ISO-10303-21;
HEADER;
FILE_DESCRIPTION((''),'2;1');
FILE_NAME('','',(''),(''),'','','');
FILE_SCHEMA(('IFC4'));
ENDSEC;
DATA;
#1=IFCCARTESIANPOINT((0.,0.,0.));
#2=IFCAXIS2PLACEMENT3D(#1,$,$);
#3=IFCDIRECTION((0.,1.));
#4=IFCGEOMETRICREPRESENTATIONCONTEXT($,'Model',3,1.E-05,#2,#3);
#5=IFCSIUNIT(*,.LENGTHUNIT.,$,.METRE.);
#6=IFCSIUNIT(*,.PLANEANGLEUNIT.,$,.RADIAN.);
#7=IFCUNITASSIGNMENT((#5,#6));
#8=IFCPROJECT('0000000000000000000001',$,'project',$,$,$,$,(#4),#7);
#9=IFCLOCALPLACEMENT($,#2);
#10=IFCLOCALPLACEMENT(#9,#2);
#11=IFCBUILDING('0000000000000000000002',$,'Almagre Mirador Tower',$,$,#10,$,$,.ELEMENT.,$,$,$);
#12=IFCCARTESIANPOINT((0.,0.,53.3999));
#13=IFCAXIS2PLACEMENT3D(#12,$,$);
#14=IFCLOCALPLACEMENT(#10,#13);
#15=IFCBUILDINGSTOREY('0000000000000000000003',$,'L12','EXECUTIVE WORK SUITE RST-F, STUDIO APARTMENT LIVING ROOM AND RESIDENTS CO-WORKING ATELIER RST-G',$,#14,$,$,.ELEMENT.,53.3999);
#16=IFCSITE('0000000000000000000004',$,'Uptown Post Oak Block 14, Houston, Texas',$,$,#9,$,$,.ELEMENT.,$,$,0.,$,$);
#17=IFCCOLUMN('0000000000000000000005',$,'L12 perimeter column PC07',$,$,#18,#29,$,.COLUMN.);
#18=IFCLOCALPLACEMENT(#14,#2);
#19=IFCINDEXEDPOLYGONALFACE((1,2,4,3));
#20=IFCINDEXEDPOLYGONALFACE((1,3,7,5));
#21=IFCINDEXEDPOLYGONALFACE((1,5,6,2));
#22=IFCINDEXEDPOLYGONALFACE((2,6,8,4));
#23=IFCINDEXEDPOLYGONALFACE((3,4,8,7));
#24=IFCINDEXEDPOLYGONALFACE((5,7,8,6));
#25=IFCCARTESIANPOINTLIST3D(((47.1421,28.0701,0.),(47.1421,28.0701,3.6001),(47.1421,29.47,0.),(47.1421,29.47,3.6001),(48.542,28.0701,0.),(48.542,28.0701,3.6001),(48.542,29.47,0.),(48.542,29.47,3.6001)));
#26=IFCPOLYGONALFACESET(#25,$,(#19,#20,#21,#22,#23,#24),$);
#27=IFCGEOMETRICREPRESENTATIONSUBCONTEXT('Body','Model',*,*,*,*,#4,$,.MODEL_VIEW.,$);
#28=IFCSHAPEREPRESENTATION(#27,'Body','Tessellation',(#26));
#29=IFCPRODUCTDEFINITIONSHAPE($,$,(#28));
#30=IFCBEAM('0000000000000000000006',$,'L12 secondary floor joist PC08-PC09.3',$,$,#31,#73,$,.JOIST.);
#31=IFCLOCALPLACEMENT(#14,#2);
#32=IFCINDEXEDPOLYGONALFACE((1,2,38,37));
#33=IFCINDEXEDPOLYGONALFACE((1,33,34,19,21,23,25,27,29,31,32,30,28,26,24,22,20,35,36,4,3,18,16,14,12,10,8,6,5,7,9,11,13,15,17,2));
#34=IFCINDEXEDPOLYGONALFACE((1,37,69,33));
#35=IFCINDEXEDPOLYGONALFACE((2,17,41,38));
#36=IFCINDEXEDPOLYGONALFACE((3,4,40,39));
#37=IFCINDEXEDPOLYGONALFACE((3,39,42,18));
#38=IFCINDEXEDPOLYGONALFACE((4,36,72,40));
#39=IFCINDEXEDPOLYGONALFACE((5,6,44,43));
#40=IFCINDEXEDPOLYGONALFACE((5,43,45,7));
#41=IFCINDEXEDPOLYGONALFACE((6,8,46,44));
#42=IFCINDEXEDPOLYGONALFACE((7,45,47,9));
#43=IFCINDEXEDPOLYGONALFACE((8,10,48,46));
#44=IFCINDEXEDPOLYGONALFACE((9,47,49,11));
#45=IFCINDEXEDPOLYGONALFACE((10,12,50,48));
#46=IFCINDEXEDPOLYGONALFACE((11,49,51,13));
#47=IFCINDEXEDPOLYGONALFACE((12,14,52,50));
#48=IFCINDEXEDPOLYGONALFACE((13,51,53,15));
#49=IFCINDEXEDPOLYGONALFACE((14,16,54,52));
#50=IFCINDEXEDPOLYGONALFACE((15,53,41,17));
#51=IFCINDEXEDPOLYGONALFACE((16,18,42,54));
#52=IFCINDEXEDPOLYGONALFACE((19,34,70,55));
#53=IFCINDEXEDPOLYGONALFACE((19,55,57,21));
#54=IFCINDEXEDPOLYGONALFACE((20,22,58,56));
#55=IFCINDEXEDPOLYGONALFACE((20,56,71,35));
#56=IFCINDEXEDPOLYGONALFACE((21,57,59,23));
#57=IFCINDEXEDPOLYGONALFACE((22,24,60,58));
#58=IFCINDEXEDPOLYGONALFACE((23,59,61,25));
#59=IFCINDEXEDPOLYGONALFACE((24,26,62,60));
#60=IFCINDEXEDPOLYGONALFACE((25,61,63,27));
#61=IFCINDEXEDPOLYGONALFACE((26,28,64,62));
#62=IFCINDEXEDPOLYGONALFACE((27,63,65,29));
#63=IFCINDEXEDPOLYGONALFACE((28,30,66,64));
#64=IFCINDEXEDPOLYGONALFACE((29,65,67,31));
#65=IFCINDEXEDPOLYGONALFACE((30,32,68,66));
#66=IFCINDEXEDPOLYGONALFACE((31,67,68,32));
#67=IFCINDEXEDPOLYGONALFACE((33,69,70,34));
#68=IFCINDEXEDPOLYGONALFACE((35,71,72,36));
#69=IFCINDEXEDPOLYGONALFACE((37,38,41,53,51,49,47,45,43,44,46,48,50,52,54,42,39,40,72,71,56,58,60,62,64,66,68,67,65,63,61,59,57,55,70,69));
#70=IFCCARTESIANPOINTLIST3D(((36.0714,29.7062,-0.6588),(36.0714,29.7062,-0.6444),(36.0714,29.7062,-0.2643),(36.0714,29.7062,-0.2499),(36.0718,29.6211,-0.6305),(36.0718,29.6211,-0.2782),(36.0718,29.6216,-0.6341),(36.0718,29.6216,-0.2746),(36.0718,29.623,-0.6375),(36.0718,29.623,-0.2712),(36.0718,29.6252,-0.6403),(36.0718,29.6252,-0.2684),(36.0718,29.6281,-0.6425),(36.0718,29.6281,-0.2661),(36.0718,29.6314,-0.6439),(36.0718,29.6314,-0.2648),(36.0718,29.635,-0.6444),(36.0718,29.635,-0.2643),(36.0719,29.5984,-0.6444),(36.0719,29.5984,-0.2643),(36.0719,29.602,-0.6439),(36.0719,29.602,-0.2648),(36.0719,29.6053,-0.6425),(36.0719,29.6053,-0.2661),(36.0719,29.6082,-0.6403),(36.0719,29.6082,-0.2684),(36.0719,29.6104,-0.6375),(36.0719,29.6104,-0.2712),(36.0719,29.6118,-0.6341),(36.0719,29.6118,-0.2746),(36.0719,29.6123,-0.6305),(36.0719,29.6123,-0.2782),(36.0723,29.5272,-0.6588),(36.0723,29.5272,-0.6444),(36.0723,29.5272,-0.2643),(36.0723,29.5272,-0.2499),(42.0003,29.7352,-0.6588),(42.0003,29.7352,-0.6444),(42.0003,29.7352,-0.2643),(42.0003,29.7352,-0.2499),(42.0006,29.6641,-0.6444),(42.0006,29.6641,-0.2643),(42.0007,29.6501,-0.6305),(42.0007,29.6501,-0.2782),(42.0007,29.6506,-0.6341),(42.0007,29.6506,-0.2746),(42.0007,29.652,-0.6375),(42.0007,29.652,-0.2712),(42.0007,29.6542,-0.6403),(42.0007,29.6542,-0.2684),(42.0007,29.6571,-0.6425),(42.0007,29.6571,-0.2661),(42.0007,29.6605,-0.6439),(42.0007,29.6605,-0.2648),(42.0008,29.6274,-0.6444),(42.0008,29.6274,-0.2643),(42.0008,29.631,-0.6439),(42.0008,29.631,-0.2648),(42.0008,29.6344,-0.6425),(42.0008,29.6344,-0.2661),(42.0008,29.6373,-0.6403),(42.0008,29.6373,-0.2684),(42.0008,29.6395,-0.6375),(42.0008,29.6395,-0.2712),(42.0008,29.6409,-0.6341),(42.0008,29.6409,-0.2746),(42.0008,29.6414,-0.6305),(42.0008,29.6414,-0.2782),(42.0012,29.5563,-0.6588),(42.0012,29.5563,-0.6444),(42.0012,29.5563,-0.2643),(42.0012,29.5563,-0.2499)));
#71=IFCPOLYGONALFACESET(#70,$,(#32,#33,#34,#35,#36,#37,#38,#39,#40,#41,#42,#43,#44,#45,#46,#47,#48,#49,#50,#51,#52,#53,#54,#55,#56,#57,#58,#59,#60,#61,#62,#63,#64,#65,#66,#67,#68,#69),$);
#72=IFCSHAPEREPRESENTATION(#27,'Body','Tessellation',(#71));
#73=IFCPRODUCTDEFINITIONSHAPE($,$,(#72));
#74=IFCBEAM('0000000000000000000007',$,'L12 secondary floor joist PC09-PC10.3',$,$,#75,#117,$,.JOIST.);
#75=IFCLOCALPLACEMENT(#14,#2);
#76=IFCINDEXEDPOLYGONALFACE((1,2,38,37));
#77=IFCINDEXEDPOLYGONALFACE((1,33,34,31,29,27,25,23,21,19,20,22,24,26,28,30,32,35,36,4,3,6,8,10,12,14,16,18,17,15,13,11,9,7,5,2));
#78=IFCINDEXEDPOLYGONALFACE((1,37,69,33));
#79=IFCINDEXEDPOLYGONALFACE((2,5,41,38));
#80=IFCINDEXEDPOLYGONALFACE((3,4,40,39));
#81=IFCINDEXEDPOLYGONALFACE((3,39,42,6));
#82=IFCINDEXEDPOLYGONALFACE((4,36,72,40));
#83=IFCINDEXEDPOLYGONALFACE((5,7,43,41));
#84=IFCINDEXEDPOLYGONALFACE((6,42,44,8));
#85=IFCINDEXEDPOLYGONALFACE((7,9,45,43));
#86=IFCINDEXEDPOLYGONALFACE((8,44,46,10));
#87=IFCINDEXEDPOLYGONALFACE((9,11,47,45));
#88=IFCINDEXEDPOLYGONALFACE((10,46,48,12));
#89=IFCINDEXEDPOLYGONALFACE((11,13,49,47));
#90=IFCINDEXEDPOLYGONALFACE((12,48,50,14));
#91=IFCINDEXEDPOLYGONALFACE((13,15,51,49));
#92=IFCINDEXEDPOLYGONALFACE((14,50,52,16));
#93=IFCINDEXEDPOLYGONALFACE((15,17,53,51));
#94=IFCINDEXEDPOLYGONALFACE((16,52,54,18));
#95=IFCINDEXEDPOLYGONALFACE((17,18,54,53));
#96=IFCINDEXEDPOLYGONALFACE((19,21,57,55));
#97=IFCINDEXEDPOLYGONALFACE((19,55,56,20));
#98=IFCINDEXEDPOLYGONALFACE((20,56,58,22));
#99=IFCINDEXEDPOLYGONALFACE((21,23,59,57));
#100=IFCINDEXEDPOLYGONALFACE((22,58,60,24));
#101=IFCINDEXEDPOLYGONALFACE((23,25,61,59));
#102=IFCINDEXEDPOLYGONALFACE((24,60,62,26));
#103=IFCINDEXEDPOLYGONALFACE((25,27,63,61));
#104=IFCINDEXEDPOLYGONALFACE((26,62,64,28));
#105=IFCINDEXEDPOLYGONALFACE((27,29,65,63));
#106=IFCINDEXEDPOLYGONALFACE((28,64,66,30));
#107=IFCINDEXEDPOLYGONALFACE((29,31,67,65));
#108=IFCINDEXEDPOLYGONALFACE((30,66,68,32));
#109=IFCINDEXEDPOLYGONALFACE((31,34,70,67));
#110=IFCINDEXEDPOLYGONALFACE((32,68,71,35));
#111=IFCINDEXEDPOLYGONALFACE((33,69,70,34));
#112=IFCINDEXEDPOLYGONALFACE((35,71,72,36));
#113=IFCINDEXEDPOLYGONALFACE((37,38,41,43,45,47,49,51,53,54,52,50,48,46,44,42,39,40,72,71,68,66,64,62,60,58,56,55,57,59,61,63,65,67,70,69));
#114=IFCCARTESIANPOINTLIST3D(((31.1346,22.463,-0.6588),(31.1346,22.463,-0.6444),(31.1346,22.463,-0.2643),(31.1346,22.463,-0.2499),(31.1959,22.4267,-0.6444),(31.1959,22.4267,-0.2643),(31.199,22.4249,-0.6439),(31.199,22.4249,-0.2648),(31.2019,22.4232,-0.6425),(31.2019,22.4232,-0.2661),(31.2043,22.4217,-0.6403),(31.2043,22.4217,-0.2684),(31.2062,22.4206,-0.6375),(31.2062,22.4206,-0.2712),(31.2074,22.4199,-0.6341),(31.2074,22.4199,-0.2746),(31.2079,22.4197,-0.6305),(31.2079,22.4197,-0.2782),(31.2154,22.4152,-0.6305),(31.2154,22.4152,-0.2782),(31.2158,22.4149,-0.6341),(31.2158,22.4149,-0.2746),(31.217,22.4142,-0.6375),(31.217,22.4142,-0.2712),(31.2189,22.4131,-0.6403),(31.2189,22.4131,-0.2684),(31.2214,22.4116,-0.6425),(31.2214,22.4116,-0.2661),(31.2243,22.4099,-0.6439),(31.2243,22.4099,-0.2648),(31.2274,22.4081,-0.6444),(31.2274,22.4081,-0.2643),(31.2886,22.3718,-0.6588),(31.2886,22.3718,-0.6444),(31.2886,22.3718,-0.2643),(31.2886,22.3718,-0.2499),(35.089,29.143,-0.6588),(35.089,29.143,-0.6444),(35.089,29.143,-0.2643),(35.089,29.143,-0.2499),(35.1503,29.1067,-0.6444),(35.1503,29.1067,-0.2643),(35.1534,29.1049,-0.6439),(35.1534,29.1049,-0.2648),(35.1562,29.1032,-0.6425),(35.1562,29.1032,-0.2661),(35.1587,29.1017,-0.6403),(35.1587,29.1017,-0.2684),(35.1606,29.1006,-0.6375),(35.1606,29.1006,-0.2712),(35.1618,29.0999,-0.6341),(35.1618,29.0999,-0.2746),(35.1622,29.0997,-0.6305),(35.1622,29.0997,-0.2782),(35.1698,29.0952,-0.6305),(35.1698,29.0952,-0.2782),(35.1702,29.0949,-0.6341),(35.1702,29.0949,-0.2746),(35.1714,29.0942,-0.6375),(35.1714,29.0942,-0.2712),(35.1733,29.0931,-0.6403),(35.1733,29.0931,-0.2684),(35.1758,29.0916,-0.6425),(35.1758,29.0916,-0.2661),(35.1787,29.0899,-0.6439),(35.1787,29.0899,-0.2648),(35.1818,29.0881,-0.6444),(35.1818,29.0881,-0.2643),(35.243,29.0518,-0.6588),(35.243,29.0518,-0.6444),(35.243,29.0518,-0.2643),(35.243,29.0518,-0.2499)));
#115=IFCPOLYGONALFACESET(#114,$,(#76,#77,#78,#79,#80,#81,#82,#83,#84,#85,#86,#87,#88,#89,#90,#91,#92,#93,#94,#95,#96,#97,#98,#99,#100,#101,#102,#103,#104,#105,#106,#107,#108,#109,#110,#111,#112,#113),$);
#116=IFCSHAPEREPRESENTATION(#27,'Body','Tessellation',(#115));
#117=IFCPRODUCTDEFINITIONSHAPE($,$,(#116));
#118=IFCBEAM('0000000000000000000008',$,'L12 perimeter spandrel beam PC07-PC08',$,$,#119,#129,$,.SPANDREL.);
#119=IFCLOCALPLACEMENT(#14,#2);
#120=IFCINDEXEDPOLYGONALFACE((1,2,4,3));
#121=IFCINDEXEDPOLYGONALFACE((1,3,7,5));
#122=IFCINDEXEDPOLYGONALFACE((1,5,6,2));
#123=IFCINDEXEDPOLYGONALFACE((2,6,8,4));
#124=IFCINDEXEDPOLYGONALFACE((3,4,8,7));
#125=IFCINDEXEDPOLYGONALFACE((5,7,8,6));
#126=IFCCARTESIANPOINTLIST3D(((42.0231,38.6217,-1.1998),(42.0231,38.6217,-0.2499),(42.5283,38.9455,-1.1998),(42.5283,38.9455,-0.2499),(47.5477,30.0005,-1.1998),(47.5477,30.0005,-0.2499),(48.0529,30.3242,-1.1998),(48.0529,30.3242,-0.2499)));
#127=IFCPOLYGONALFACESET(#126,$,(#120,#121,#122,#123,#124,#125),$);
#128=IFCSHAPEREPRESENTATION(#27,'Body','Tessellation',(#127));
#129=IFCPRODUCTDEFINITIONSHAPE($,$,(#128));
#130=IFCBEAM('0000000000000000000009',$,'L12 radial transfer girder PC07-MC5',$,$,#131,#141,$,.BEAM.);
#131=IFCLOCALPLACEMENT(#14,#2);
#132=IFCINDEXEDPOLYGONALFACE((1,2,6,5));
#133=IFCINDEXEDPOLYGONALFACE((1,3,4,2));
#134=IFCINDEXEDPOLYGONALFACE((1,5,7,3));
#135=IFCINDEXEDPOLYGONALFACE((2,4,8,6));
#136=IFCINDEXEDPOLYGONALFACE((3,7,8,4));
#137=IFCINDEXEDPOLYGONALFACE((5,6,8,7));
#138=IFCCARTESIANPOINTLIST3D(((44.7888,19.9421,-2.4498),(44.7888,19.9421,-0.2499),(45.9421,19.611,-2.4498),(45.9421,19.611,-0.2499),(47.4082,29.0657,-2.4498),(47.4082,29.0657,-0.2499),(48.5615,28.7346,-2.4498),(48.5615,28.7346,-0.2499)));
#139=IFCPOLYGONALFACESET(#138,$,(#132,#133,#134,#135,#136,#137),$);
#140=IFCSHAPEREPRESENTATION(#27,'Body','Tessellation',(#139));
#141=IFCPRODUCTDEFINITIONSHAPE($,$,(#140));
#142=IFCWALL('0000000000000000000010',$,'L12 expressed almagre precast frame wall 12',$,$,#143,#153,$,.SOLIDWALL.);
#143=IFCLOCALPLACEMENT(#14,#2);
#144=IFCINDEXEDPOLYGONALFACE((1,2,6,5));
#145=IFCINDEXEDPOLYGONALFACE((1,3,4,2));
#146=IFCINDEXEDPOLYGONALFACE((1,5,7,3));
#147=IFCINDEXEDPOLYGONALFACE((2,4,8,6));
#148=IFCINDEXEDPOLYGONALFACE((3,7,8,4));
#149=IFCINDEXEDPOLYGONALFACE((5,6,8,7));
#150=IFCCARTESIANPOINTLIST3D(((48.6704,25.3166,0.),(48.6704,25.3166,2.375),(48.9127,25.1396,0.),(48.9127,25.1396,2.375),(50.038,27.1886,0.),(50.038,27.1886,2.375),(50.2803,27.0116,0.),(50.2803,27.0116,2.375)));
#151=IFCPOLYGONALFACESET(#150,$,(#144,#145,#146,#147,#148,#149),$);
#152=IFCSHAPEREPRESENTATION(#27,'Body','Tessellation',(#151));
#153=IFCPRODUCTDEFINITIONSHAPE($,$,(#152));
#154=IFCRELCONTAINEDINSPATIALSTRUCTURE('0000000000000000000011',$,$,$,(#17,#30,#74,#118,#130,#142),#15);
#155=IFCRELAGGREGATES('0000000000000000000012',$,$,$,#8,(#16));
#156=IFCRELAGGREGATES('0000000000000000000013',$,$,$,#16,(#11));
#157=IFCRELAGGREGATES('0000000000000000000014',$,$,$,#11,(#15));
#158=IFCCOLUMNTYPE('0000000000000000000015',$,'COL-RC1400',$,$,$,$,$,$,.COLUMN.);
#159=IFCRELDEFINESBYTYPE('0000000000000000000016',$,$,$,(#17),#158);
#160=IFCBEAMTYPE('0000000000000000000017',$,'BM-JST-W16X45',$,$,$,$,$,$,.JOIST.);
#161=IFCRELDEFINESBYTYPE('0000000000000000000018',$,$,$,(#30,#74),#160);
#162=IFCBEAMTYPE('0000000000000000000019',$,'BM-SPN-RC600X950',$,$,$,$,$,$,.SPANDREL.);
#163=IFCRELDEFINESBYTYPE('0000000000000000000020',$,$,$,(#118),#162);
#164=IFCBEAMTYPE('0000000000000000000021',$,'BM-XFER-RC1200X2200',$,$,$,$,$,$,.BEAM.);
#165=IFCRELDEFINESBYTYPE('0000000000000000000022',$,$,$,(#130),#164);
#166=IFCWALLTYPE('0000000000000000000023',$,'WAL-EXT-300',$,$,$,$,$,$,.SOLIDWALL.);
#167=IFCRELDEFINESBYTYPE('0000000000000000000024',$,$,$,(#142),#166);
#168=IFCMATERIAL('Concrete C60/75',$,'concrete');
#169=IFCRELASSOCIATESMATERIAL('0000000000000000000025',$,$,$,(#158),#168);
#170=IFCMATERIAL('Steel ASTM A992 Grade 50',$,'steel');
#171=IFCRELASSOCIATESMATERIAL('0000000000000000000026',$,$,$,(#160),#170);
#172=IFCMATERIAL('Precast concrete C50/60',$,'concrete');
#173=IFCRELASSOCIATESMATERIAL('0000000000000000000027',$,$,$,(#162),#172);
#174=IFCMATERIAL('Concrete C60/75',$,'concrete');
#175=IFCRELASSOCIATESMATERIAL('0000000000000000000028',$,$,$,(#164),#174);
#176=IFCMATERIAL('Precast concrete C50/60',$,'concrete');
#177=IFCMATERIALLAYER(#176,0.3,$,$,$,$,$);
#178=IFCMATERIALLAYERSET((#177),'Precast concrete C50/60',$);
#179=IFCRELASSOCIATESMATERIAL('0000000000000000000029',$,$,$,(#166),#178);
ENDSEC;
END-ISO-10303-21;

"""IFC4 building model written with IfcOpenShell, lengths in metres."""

from ifc_helpers import new_model, si_unit, direction, frame, frame_2d, origin, origin_2d, place, context, subcontext, project, spatial, rectangle, i_section, extrude, material, layer, layer_set, material_profile, profile_set, type_object, element, save


model = new_model("IFC4")

# Units and contexts
model_context = context("Model", 3, precision=1e-05, world=origin(), true_north=direction((0.0, 1.0)))
body_context = subcontext(model_context, "Body", "Model", "MODEL_VIEW")
ifc_project = project(units=[si_unit("LENGTHUNIT", "METRE"), si_unit("PLANEANGLEUNIT", "RADIAN")], contexts=[model_context])

# Site, building, storey
site_placement = place(None, origin())
site = spatial("IfcSite", under=ifc_project, at=site_placement, Name="Uptown Post Oak Block 14, Houston, Texas", CompositionType="ELEMENT", RefElevation=0.0)
building_placement = place(site_placement, origin())
building = spatial("IfcBuilding", under=site, at=building_placement, Name="Almagre Mirador Tower", CompositionType="ELEMENT")
storey_placement = place(building_placement, frame((0.0, 0.0, 53.3999)))
storey = spatial("IfcBuildingStorey", under=building, at=storey_placement, Name="L12", Description="EXECUTIVE WORK SUITE RST-F, STUDIO APARTMENT LIVING ROOM AND RESIDENTS CO-WORKING ATELIER RST-G", CompositionType="ELEMENT", Elevation=53.3999)

# Column
ifc_material_1 = material(Name="Concrete C60/75", Category="concrete")
ifc_material_profile_1 = material_profile(ifc_material_1, rectangle(XDim=1.3999, YDim=1.3999, at=origin_2d()), Name="RC1400X1400")
ifc_profile_set_1 = profile_set([ifc_material_profile_1], Name="Concrete C60/75")
column_type = type_object("IfcColumnType", Name="COL-RC1400", PredefinedType="COLUMN", material=ifc_profile_set_1)
column_placement = place(storey_placement, frame((47.842, 28.77, 0.0), z_axis=(0.0, 0.0, 1.0), x_axis=(1.0, 0.0, 0.0)))
element("IfcColumn", 1, at=column_placement, inside=storey, type_object=column_type, Name="L12 perimeter column PC07", PredefinedType="COLUMN", context=body_context, shape_type="SweptSolid", body=[
    extrude(rectangle(XDim=1.3999, YDim=1.3999, at=origin_2d()), origin(), (0.0, 0.0, 1.0), 3.6001),
])

# Beams
ifc_material_2 = material(Name="Steel ASTM A992 Grade 50", Category="steel")
ifc_material_profile_2 = material_profile(ifc_material_2, i_section(OverallWidth=0.179, OverallDepth=0.4089, WebThickness=0.0088, FlangeThickness=0.0144, FilletRadius=0.0139, at=origin_2d()), Name="W16X45")
ifc_profile_set_2 = profile_set([ifc_material_profile_2], Name="Steel ASTM A992 Grade 50")
beam_type_1 = type_object("IfcBeamType", Name="BM-JST-W16X45", PredefinedType="JOIST", material=ifc_profile_set_2)
beam_1_placement = place(storey_placement, frame((42.0007, 29.6458, -0.4543), z_axis=(-0.999988, -0.0049, 0.0), x_axis=(0.0049, -0.999988, 0.0)))
element("IfcBeam", 2, at=beam_1_placement, inside=storey, type_object=beam_type_1, Name="L12 secondary floor joist PC08-PC09.3", PredefinedType="JOIST", context=body_context, shape_type="SweptSolid", body=[
    extrude(i_section(OverallWidth=0.179, OverallDepth=0.4089, WebThickness=0.0088, FlangeThickness=0.0144, FilletRadius=0.0139, at=origin_2d()), origin(), (0.0, 0.0, 1.0), 5.929),
])
beam_2_placement = place(storey_placement, frame((35.166, 29.0974, -0.4543), z_axis=(-0.509408, -0.860525, 0.0), x_axis=(0.860525, -0.509408, 0.0)))
element("IfcBeam", 3, at=beam_2_placement, inside=storey, type_object=beam_type_1, Name="L12 secondary floor joist PC09-PC10.3", PredefinedType="JOIST", context=body_context, shape_type="SweptSolid", body=[
    extrude(i_section(OverallWidth=0.179, OverallDepth=0.4089, WebThickness=0.0088, FlangeThickness=0.0144, FilletRadius=0.0139, at=origin_2d()), origin(), (0.0, 0.0, 1.0), 7.7627),
])
ifc_material_3 = material(Name="Precast concrete C50/60", Category="concrete")
ifc_material_profile_3 = material_profile(ifc_material_3, rectangle(XDim=0.6001, YDim=0.95, at=origin_2d()), Name="RC600X950")
ifc_profile_set_3 = profile_set([ifc_material_profile_3], Name="Precast concrete C50/60")
beam_type_2 = type_object("IfcBeamType", Name="BM-SPN-RC600X950", PredefinedType="SPANDREL", material=ifc_profile_set_3)
beam_3_placement = place(storey_placement, frame((47.8003, 30.1624, -0.7249), z_axis=(-0.539539, 0.841961, 0.0), x_axis=(-0.841961, -0.539539, 0.0)))
element("IfcBeam", 4, at=beam_3_placement, inside=storey, type_object=beam_type_2, Name="L12 perimeter spandrel beam PC07-PC08", PredefinedType="SPANDREL", context=body_context, shape_type="SweptSolid", body=[
    extrude(rectangle(XDim=0.6001, YDim=0.95, at=origin_2d()), origin(), (0.0, 0.0, 1.0), 10.2395),
])
ifc_material_4 = material(Name="Concrete C60/75", Category="concrete")
ifc_material_profile_4 = material_profile(ifc_material_4, rectangle(XDim=1.2, YDim=2.2, at=origin_2d()), Name="RC1200X2200")
ifc_profile_set_4 = profile_set([ifc_material_profile_4], Name="Concrete C60/75")
beam_type_3 = type_object("IfcBeamType", Name="BM-XFER-RC1200X2200", PredefinedType="BEAM", material=ifc_profile_set_4)
beam_4_placement = place(storey_placement, frame((47.9849, 28.9001, -1.3499), z_axis=(-0.275954, -0.961171, 0.0), x_axis=(0.961171, -0.275954, 0.0)))
element("IfcBeam", 5, at=beam_4_placement, inside=storey, type_object=beam_type_3, Name="L12 radial transfer girder PC07-MC5", PredefinedType="BEAM", context=body_context, shape_type="SweptSolid", body=[
    extrude(rectangle(XDim=1.2, YDim=2.2, at=origin_2d()), origin(), (0.0, 0.0, 1.0), 9.4922),
])

# Wall
ifc_material_5 = material(Name="Precast concrete C50/60", Category="concrete")
ifc_layer_1 = layer(ifc_material_5, 0.3)
ifc_layer_set_1 = layer_set([ifc_layer_1], Name="Precast concrete C50/60")
wall_type_1 = type_object("IfcWallType", Name="WAL-EXT-300", PredefinedType="SOLIDWALL", material=ifc_layer_set_1)
wall_1_placement = place(storey_placement, frame((50.1592, 27.1001, 0.0), z_axis=(0.0, 0.0, 1.0), x_axis=(-0.589911, -0.807468, 0.0)))
element("IfcWall", 6, at=wall_1_placement, inside=storey, type_object=wall_type_1, Name="L12 expressed almagre precast frame wall 12", PredefinedType="SOLIDWALL", context=body_context, shape_type="SweptSolid", body=[
    extrude(rectangle(XDim=2.3184, YDim=0.3, at=frame_2d((1.1592, 0.0))), origin(), (0.0, 0.0, 1.0), 2.375),
])

save(model, "model.ifc")
